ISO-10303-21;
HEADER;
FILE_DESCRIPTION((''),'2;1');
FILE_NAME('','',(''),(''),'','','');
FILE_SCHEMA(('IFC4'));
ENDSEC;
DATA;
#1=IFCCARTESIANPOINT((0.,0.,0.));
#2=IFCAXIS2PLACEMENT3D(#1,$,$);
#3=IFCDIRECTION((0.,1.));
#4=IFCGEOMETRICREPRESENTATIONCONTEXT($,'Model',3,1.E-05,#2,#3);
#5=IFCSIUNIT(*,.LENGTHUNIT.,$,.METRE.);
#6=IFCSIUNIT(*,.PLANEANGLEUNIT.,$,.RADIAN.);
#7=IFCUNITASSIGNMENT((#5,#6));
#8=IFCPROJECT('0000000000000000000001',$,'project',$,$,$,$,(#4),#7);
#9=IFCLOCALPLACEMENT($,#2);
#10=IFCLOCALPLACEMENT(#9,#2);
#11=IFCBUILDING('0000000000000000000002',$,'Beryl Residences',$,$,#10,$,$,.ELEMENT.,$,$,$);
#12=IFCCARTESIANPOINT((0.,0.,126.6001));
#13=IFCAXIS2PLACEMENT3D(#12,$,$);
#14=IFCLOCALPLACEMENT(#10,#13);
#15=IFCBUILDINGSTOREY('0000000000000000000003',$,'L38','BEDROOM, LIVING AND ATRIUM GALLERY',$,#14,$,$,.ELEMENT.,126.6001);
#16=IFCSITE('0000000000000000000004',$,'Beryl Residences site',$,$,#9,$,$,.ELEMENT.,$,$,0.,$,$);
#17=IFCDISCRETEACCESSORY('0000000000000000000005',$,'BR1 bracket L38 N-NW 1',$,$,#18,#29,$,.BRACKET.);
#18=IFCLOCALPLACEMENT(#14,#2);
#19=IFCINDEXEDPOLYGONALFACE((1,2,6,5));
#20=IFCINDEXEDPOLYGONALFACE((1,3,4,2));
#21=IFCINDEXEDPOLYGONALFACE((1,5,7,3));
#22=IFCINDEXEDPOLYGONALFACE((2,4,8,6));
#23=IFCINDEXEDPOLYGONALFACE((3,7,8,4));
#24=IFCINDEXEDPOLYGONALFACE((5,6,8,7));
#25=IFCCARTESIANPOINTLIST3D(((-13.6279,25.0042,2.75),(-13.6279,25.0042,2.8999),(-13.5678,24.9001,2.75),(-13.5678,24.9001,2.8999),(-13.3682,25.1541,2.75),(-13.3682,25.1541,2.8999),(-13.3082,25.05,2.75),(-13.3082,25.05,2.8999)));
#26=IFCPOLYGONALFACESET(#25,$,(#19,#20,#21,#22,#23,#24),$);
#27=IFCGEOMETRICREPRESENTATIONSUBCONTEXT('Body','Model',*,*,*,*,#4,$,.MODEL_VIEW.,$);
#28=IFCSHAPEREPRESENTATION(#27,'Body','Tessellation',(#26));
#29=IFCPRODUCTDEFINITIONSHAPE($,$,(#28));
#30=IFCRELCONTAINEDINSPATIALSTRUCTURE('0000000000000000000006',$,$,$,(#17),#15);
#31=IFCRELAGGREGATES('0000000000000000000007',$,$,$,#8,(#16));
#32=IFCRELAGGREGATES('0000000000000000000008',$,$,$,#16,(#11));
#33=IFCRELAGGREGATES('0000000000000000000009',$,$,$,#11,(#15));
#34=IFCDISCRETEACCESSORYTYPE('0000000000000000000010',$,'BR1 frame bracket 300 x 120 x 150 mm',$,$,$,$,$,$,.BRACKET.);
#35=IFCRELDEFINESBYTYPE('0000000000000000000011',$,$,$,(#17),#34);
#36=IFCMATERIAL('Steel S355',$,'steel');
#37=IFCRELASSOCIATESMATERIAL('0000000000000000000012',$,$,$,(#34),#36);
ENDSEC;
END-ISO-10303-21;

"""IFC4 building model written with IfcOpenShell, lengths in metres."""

from ifc_helpers import new_model, si_unit, direction, frame, origin, place, context, subcontext, project, spatial, polyline, outline, extrude, source, transform, mapped, material, type_object, type_shapes, element, save


model = new_model("IFC4")

# Units and contexts
model_context = context("Model", 3, precision=1e-05, world=origin(), true_north=direction((0.0, 1.0)))
body_context = subcontext(model_context, "Body", "Model", "MODEL_VIEW")
ifc_project = project(units=[si_unit("LENGTHUNIT", "METRE"), si_unit("PLANEANGLEUNIT", "RADIAN")], contexts=[model_context])

# Site, building, storey
site_placement = place(None, origin())
site = spatial("IfcSite", under=ifc_project, at=site_placement, Name="Beryl Residences site", CompositionType="ELEMENT", RefElevation=0.0)
building_placement = place(site_placement, origin())
building = spatial("IfcBuilding", under=site, at=building_placement, Name="Beryl Residences", CompositionType="ELEMENT")
storey_placement = place(building_placement, frame((0.0, 0.0, 126.6001)))
storey = spatial("IfcBuildingStorey", under=building, at=storey_placement, Name="L38", Description="BEDROOM, LIVING AND ATRIUM GALLERY", CompositionType="ELEMENT", Elevation=126.6001)

# Discrete accessory
ifc_material_1 = material(Name="Steel S355", Category="steel")
discrete_accessory_type = type_object("IfcDiscreteAccessoryType", Name="BR1 frame bracket 300 x 120 x 150 mm", PredefinedType="BRACKET", material=ifc_material_1)
shared_shape_1 = source(origin(), body_context, "Body", "SweptSolid", [
    extrude(outline(polyline([(-0.1499, 0.0), (0.1499, 0.0), (0.1499, 0.1201), (-0.1499, 0.1201), (-0.1499, 0.0)])), origin(), (0.0, 0.0, 1.0), 0.1499),
])
type_shapes(discrete_accessory_type, [shared_shape_1])
discrete_accessory_placement = place(storey_placement, frame((-13.438, 24.9751, 2.75), z_axis=(0.0, 0.0, 1.0), x_axis=(0.866025, 0.5, 0.0)))
element("IfcDiscreteAccessory", 1, at=discrete_accessory_placement, inside=storey, type_object=discrete_accessory_type, Name="BR1 bracket L38 N-NW 1", PredefinedType="BRACKET", context=body_context, shape_type="MappedRepresentation", body=[
    mapped(shared_shape_1, transform((0.0, 0.0, 0.0))),
])

save(model, "model.ifc")
